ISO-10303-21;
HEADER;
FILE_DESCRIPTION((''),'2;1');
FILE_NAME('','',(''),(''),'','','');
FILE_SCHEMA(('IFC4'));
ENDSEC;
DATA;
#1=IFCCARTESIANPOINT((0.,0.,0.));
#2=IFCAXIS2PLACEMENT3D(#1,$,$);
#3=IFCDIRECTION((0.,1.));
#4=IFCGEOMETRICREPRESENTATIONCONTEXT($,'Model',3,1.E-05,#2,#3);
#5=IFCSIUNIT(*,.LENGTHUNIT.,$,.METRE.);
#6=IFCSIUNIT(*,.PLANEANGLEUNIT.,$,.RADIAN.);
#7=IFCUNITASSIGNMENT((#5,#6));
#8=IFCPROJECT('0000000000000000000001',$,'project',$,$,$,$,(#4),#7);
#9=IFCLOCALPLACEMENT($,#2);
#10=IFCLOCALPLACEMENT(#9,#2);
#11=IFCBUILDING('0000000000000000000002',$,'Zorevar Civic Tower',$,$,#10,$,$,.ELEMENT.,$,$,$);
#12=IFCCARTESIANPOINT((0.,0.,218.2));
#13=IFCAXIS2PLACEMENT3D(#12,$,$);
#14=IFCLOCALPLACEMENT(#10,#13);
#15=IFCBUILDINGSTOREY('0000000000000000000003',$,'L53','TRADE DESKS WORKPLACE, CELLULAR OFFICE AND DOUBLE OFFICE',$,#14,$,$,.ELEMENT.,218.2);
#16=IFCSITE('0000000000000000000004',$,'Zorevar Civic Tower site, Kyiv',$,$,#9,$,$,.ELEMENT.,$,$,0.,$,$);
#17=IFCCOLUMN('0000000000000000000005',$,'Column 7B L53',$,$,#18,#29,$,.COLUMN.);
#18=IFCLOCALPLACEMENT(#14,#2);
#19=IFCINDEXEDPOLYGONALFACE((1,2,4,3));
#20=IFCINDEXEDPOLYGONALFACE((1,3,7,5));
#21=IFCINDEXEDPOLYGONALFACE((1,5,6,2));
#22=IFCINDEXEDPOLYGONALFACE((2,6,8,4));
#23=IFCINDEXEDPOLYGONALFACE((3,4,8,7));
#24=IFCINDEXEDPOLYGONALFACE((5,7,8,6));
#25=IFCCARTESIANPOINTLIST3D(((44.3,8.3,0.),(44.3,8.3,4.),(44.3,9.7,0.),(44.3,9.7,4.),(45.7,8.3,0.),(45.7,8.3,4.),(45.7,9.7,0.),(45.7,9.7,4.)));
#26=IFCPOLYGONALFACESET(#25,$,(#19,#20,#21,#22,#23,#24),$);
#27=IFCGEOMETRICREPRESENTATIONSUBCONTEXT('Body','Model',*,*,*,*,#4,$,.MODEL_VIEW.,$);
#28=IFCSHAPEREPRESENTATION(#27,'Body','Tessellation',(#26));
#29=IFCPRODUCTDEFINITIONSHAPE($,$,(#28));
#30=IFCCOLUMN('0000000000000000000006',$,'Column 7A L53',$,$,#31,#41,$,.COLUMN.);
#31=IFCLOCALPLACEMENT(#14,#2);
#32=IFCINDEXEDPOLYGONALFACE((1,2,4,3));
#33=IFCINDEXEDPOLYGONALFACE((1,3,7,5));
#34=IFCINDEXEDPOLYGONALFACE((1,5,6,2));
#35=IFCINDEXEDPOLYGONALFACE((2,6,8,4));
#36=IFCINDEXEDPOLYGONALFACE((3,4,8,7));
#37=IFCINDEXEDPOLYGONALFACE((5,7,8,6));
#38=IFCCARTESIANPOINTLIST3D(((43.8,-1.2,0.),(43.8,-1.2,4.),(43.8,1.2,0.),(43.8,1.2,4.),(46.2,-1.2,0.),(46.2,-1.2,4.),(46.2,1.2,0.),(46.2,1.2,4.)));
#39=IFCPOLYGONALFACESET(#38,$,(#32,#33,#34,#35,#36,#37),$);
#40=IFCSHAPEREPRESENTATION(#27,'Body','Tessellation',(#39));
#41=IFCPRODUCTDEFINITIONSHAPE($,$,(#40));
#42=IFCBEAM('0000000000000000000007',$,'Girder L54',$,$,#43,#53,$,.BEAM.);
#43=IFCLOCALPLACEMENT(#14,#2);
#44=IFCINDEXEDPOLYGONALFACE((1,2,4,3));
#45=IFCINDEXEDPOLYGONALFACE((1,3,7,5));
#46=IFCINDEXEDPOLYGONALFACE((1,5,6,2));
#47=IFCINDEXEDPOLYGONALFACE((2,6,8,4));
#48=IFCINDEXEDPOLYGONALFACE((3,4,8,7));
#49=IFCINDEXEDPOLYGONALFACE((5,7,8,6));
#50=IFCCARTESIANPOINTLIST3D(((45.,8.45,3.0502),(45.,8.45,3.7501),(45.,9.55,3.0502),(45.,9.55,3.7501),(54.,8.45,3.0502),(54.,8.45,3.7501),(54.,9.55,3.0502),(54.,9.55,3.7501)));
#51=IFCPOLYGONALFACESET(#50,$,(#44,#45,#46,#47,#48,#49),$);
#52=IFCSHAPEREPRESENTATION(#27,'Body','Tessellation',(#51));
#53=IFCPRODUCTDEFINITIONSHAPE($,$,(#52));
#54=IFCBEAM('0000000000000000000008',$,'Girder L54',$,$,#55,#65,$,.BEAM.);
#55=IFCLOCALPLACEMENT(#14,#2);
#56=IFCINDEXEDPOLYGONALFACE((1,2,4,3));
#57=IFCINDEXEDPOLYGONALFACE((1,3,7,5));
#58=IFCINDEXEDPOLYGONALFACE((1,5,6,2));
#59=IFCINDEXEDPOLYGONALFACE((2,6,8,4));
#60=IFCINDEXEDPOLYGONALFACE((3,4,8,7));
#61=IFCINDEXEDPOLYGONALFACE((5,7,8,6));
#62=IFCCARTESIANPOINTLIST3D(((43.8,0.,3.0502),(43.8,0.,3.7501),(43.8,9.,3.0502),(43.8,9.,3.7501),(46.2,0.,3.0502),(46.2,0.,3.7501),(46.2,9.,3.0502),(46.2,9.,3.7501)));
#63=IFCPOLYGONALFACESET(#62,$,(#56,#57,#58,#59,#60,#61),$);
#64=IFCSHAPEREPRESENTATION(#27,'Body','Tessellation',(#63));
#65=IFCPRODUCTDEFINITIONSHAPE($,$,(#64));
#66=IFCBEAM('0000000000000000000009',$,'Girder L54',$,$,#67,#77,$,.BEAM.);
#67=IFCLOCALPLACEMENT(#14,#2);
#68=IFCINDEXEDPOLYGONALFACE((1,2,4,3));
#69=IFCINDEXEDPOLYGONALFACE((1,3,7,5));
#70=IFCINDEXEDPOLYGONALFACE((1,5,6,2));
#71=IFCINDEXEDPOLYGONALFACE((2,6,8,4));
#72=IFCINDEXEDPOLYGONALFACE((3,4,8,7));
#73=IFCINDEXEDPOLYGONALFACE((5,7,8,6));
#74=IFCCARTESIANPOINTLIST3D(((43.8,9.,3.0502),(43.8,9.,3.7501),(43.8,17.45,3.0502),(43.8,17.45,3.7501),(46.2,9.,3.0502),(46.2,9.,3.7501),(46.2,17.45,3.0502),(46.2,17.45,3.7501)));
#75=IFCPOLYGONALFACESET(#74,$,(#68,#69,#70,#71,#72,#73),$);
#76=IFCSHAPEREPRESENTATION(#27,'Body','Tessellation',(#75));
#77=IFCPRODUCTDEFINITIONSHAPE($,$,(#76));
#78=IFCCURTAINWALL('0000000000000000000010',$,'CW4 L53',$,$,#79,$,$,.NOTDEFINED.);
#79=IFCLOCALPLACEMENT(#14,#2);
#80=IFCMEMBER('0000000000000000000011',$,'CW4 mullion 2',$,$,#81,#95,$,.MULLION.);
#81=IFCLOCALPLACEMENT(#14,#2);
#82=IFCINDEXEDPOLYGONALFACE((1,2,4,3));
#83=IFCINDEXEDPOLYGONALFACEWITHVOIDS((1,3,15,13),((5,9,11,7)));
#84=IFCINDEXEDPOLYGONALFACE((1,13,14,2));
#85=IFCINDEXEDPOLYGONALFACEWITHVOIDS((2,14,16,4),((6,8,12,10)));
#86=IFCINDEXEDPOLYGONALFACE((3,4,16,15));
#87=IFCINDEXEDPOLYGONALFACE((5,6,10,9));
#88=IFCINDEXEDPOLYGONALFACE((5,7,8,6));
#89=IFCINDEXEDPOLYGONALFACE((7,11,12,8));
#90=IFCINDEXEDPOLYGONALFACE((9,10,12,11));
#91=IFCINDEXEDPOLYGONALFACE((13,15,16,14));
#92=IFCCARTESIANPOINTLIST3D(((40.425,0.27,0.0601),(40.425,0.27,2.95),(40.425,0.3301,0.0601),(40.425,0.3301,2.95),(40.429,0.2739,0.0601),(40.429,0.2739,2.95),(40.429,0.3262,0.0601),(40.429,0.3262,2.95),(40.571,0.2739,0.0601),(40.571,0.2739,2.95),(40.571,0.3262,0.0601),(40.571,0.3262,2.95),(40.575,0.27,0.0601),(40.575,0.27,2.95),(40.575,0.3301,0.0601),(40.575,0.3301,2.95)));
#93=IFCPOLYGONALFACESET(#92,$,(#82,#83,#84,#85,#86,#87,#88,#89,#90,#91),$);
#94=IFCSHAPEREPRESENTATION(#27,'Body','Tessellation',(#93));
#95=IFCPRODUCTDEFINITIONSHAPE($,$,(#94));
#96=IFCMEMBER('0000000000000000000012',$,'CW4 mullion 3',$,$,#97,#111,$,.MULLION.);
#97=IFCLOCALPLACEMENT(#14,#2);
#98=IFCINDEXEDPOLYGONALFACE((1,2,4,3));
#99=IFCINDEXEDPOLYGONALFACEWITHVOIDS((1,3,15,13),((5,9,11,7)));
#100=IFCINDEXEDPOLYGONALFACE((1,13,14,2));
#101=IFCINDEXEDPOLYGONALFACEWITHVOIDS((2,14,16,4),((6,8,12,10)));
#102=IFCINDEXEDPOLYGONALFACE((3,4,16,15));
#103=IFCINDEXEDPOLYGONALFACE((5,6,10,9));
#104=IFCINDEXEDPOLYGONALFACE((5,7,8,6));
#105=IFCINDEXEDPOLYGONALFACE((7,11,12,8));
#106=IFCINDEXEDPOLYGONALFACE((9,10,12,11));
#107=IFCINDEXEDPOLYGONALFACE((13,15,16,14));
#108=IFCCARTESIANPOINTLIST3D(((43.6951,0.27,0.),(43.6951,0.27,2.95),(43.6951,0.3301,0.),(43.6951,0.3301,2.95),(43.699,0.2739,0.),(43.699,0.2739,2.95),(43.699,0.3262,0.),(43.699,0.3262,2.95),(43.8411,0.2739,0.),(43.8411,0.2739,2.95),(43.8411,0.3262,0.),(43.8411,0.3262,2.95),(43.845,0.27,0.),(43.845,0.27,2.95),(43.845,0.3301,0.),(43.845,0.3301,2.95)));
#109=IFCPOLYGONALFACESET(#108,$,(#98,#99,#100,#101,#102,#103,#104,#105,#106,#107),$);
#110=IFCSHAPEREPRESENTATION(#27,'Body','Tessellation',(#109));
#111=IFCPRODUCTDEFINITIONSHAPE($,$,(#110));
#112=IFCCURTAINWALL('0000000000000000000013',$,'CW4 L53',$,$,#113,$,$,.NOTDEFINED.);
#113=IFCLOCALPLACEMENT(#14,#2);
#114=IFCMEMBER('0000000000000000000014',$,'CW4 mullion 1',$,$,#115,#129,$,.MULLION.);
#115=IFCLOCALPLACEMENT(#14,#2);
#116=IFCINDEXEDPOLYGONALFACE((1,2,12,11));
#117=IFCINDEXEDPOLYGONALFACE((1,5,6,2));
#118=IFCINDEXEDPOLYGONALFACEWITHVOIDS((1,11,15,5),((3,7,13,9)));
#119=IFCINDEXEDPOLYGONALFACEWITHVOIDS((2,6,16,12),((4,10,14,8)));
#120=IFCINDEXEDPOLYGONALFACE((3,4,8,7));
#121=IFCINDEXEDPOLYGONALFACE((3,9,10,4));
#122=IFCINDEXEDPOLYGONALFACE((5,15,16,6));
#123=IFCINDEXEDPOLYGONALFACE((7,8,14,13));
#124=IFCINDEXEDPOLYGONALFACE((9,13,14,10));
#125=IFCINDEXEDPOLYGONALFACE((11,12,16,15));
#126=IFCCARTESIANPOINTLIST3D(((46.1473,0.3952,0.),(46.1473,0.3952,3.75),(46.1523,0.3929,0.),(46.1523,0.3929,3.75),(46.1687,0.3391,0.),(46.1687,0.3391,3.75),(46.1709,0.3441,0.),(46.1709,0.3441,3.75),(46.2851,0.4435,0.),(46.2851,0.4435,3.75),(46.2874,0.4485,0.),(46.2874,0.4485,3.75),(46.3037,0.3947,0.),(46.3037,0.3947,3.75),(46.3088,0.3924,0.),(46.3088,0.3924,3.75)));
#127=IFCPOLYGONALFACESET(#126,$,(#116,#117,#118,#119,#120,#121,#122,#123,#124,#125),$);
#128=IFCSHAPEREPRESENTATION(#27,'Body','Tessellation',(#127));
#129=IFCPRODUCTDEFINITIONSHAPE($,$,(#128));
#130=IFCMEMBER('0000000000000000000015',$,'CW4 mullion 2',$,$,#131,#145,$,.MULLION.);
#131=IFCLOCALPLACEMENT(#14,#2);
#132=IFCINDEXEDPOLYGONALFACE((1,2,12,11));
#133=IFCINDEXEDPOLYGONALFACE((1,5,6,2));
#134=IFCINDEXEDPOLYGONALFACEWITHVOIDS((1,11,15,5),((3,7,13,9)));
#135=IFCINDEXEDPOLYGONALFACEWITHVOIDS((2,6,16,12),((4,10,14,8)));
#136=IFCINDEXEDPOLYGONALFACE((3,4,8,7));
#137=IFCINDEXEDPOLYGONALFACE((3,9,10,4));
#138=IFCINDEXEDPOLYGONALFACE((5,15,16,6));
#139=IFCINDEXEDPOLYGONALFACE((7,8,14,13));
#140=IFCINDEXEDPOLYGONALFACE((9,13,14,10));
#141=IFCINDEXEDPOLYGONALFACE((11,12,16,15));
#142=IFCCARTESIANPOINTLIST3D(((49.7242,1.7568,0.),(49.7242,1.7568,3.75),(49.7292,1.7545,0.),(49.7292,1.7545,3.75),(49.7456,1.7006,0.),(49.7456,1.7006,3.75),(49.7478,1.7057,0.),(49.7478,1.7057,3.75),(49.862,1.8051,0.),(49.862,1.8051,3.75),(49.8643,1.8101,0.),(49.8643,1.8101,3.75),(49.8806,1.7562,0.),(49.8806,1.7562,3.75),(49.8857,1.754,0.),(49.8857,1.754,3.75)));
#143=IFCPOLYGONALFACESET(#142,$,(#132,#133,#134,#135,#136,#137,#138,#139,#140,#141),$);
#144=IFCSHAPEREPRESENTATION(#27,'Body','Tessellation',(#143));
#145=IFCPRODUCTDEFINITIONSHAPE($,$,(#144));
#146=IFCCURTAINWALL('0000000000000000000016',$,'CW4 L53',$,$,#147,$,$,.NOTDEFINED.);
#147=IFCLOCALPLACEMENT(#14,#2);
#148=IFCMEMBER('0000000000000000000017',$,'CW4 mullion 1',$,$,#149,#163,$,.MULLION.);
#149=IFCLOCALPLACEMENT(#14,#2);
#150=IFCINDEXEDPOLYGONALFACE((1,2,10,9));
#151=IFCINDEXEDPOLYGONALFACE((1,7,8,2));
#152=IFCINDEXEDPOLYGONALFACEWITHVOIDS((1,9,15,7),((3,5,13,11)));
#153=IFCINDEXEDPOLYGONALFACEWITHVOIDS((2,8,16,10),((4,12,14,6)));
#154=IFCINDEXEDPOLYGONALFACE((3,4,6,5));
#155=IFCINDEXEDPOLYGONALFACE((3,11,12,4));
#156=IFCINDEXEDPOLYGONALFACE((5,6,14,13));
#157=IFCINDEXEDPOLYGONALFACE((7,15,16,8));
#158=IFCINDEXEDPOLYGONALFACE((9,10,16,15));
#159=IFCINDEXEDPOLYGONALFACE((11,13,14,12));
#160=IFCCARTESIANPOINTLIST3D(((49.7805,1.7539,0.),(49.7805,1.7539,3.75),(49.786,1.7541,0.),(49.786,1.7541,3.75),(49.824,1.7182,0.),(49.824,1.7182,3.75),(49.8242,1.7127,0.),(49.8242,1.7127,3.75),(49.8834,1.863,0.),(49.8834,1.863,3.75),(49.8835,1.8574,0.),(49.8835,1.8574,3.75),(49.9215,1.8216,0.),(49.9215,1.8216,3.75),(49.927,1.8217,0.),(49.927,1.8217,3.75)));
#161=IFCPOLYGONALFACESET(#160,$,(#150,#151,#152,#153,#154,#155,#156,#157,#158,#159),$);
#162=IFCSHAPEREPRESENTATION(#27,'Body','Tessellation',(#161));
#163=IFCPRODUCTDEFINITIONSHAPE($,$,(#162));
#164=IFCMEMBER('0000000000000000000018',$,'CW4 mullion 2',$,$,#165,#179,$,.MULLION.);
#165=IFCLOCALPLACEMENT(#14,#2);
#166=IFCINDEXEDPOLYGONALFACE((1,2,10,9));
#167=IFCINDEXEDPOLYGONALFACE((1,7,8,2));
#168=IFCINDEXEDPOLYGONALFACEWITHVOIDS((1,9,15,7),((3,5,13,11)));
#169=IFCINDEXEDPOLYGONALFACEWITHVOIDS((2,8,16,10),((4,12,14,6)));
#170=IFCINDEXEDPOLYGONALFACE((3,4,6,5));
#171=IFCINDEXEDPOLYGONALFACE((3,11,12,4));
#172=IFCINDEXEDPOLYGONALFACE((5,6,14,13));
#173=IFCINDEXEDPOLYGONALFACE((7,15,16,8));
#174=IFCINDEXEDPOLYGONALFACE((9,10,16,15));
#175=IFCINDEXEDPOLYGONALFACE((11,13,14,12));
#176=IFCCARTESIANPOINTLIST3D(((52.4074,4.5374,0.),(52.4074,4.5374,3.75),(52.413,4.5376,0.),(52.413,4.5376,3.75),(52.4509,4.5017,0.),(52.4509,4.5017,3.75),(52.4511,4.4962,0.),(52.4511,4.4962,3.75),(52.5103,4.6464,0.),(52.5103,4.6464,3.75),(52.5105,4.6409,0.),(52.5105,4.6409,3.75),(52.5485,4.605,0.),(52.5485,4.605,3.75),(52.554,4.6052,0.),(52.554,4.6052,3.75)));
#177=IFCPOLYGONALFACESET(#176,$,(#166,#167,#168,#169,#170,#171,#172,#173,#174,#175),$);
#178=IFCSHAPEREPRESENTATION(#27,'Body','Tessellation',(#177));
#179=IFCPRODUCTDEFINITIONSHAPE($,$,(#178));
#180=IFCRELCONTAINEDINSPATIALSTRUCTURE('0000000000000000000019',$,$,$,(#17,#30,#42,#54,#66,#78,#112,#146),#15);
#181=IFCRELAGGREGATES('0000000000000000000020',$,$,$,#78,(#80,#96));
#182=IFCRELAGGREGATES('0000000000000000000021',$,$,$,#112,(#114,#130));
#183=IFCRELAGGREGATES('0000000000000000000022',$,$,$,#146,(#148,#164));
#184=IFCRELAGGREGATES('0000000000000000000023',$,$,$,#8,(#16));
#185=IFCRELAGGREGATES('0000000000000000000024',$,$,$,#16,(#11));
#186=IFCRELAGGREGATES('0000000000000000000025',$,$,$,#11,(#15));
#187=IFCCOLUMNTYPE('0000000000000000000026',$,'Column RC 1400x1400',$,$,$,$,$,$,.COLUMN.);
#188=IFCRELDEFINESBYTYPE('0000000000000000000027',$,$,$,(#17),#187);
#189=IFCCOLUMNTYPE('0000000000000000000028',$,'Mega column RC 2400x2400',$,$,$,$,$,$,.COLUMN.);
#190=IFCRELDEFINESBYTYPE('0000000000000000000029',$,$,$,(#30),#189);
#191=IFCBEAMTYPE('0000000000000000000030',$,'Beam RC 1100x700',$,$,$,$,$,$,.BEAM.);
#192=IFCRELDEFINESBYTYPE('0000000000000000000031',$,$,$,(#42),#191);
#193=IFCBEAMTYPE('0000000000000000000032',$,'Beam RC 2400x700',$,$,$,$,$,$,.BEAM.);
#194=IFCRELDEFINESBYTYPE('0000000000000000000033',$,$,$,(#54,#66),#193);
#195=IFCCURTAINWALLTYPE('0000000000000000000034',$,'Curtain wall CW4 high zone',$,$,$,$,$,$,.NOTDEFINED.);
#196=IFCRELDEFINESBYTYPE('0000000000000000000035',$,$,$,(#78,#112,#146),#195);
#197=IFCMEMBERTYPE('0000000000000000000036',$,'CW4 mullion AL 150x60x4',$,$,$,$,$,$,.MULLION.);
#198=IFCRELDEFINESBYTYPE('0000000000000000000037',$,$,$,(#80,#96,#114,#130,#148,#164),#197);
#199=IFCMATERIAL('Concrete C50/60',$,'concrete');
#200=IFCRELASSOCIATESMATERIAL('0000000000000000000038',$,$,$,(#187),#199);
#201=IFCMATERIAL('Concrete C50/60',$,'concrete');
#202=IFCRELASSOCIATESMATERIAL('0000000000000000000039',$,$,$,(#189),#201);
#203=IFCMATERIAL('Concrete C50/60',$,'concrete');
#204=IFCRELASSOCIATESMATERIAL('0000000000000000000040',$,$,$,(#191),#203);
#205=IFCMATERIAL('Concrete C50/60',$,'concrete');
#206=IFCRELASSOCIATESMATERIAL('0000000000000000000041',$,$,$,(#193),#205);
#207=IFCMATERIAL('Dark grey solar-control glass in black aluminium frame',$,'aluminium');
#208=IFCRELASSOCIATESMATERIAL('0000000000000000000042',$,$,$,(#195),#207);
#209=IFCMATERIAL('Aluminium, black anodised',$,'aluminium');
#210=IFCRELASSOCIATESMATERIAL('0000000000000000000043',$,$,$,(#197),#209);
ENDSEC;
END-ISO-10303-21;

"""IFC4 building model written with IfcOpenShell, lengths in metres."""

from ifc_helpers import new_model, si_unit, direction, frame, origin, origin_2d, place, context, subcontext, project, spatial, rectangle, hollow_rectangle, extrude, material, material_profile, profile_set, type_object, element, aggregate, save


model = new_model("IFC4")

# Units and contexts
model_context = context("Model", 3, precision=1e-05, world=origin(), true_north=direction((0.0, 1.0)))
body_context = subcontext(model_context, "Body", "Model", "MODEL_VIEW")
ifc_project = project(units=[si_unit("LENGTHUNIT", "METRE"), si_unit("PLANEANGLEUNIT", "RADIAN")], contexts=[model_context])

# Site, building, storey
site_placement = place(None, origin())
site = spatial("IfcSite", under=ifc_project, at=site_placement, Name="Zorevar Civic Tower site, Kyiv", CompositionType="ELEMENT", RefElevation=0.0)
building_placement = place(site_placement, origin())
building = spatial("IfcBuilding", under=site, at=building_placement, Name="Zorevar Civic Tower", CompositionType="ELEMENT")
storey_placement = place(building_placement, frame((0.0, 0.0, 218.2)))
storey = spatial("IfcBuildingStorey", under=building, at=storey_placement, Name="L53", Description="TRADE DESKS WORKPLACE, CELLULAR OFFICE AND DOUBLE OFFICE", CompositionType="ELEMENT", Elevation=218.2)

# Columns
ifc_material_1 = material(Name="Concrete C50/60", Category="concrete")
ifc_material_profile_1 = material_profile(ifc_material_1, rectangle(XDim=1.3999, YDim=1.3999, at=origin_2d()), Name="RC 1400x1400")
ifc_profile_set_1 = profile_set([ifc_material_profile_1], Name="Concrete C50/60")
column_type_1 = type_object("IfcColumnType", Name="Column RC 1400x1400", PredefinedType="COLUMN", material=ifc_profile_set_1)
column_1_placement = place(storey_placement, frame((45.0, 9.0, 0.0), z_axis=(0.0, 0.0, 1.0), x_axis=(1.0, 0.0, 0.0)))
element("IfcColumn", 1, at=column_1_placement, inside=storey, type_object=column_type_1, Name="Column 7B L53", PredefinedType="COLUMN", context=body_context, shape_type="SweptSolid", body=[
    extrude(rectangle(XDim=1.3999, YDim=1.3999, at=origin_2d()), origin(), (0.0, 0.0, 1.0), 4.0),
])
ifc_material_2 = material(Name="Concrete C50/60", Category="concrete")
ifc_material_profile_2 = material_profile(ifc_material_2, rectangle(XDim=2.3999, YDim=2.3999, at=origin_2d()), Name="RC 2400x2400")
ifc_profile_set_2 = profile_set([ifc_material_profile_2], Name="Concrete C50/60")
column_type_2 = type_object("IfcColumnType", Name="Mega column RC 2400x2400", PredefinedType="COLUMN", material=ifc_profile_set_2)
column_2_placement = place(storey_placement, frame((45.0, 0.0, 0.0), z_axis=(0.0, 0.0, 1.0), x_axis=(1.0, 0.0, 0.0)))
element("IfcColumn", 2, at=column_2_placement, inside=storey, type_object=column_type_2, Name="Column 7A L53", PredefinedType="COLUMN", context=body_context, shape_type="SweptSolid", body=[
    extrude(rectangle(XDim=2.3999, YDim=2.3999, at=origin_2d()), origin(), (0.0, 0.0, 1.0), 4.0),
])

# Beams
ifc_material_3 = material(Name="Concrete C50/60", Category="concrete")
ifc_material_profile_3 = material_profile(ifc_material_3, rectangle(XDim=1.1001, YDim=0.7, at=origin_2d()), Name="RC 1100x700")
ifc_profile_set_3 = profile_set([ifc_material_profile_3], Name="Concrete C50/60")
beam_type_1 = type_object("IfcBeamType", Name="Beam RC 1100x700", PredefinedType="BEAM", material=ifc_profile_set_3)
beam_1_placement = place(storey_placement, frame((45.0, 9.0, 3.4001), z_axis=(1.0, 0.0, 0.0), x_axis=(0.0, 1.0, 0.0)))
element("IfcBeam", 3, at=beam_1_placement, inside=storey, type_object=beam_type_1, Name="Girder L54", PredefinedType="BEAM", context=body_context, shape_type="SweptSolid", body=[
    extrude(rectangle(XDim=1.1001, YDim=0.7, at=origin_2d()), origin(), (0.0, 0.0, 1.0), 9.0),
])
ifc_material_4 = material(Name="Concrete C50/60", Category="concrete")
ifc_material_profile_4 = material_profile(ifc_material_4, rectangle(XDim=2.3999, YDim=0.7, at=origin_2d()), Name="RC 2400x700")
ifc_profile_set_4 = profile_set([ifc_material_profile_4], Name="Concrete C50/60")
beam_type_2 = type_object("IfcBeamType", Name="Beam RC 2400x700", PredefinedType="BEAM", material=ifc_profile_set_4)
beam_2_placement = place(storey_placement, frame((45.0, 0.0, 3.4001), z_axis=(0.0, 1.0, 0.0), x_axis=(-1.0, 0.0, 0.0)))
element("IfcBeam", 4, at=beam_2_placement, inside=storey, type_object=beam_type_2, Name="Girder L54", PredefinedType="BEAM", context=body_context, shape_type="SweptSolid", body=[
    extrude(rectangle(XDim=2.3999, YDim=0.7, at=origin_2d()), origin(), (0.0, 0.0, 1.0), 9.0),
])
beam_3_placement = place(storey_placement, frame((45.0, 9.0, 3.4001), z_axis=(0.0, 1.0, 0.0), x_axis=(-1.0, 0.0, 0.0)))
element("IfcBeam", 5, at=beam_3_placement, inside=storey, type_object=beam_type_2, Name="Girder L54", PredefinedType="BEAM", context=body_context, shape_type="SweptSolid", body=[
    extrude(rectangle(XDim=2.3999, YDim=0.7, at=origin_2d()), origin(), (0.0, 0.0, 1.0), 8.45),
])

# Curtain walls, members
ifc_material_5 = material(Name="Dark grey solar-control glass in black aluminium frame", Category="aluminium")
curtain_wall_type = type_object("IfcCurtainWallType", Name="Curtain wall CW4 high zone", PredefinedType="NOTDEFINED", material=ifc_material_5)
curtain_wall_1_placement = place(storey_placement, origin())
curtain_wall_1 = element("IfcCurtainWall", 6, at=curtain_wall_1_placement, inside=storey, type_object=curtain_wall_type, Name="CW4 L53", PredefinedType="NOTDEFINED")
ifc_material_6 = material(Name="Aluminium, black anodised", Category="aluminium")
ifc_material_profile_5 = material_profile(ifc_material_6, hollow_rectangle(XDim=0.0601, YDim=0.1499, WallThickness=0.0039, at=origin_2d()), Name="AL 150x60x4")
ifc_profile_set_5 = profile_set([ifc_material_profile_5], Name="Aluminium, black anodised")
member_type_1 = type_object("IfcMemberType", Name="CW4 mullion AL 150x60x4", PredefinedType="MULLION", material=ifc_profile_set_5)
member_1_placement = place(storey_placement, frame((40.5, 0.3, 0.0601), z_axis=(0.0, 0.0, 1.0), x_axis=(0.0, 1.0, 0.0)))
member_1 = element("IfcMember", 7, at=member_1_placement, type_object=member_type_1, Name="CW4 mullion 2", PredefinedType="MULLION", context=body_context, shape_type="SweptSolid", body=[
    extrude(hollow_rectangle(XDim=0.0601, YDim=0.1499, WallThickness=0.0039, at=origin_2d()), origin(), (0.0, 0.0, 1.0), 2.8899),
])
member_2_placement = place(storey_placement, frame((43.77, 0.3, 0.0), z_axis=(0.0, 0.0, 1.0), x_axis=(0.0, 1.0, 0.0)))
member_2 = element("IfcMember", 8, at=member_2_placement, type_object=member_type_1, Name="CW4 mullion 3", PredefinedType="MULLION", context=body_context, shape_type="SweptSolid", body=[
    extrude(hollow_rectangle(XDim=0.0601, YDim=0.1499, WallThickness=0.0039, at=origin_2d()), origin(), (0.0, 0.0, 1.0), 2.95),
])
curtain_wall_2_placement = place(storey_placement, origin())
curtain_wall_2 = element("IfcCurtainWall", 9, at=curtain_wall_2_placement, inside=storey, type_object=curtain_wall_type, Name="CW4 L53", PredefinedType="NOTDEFINED")
member_3_placement = place(storey_placement, frame((46.228, 0.3938, 0.0), z_axis=(0.0, 0.0, 1.0), x_axis=(-0.355731, 0.934588, 0.0)))
member_3 = element("IfcMember", 10, at=member_3_placement, type_object=member_type_1, Name="CW4 mullion 1", PredefinedType="MULLION", context=body_context, shape_type="SweptSolid", body=[
    extrude(hollow_rectangle(XDim=0.0601, YDim=0.1499, WallThickness=0.0039, at=origin_2d()), origin(), (0.0, 0.0, 1.0), 3.75),
])
member_4_placement = place(storey_placement, frame((49.8049, 1.7554, 0.0), z_axis=(0.0, 0.0, 1.0), x_axis=(-0.355731, 0.934588, 0.0)))
member_4 = element("IfcMember", 11, at=member_4_placement, type_object=member_type_1, Name="CW4 mullion 2", PredefinedType="MULLION", context=body_context, shape_type="SweptSolid", body=[
    extrude(hollow_rectangle(XDim=0.0601, YDim=0.1499, WallThickness=0.0039, at=origin_2d()), origin(), (0.0, 0.0, 1.0), 3.75),
])
curtain_wall_3_placement = place(storey_placement, origin())
curtain_wall_3 = element("IfcCurtainWall", 12, at=curtain_wall_3_placement, inside=storey, type_object=curtain_wall_type, Name="CW4 L53", PredefinedType="NOTDEFINED")
member_5_placement = place(storey_placement, frame((49.8538, 1.7878, 0.0), z_axis=(0.0, 0.0, 1.0), x_axis=(-0.727245, 0.686378, 0.0)))
member_5 = element("IfcMember", 13, at=member_5_placement, type_object=member_type_1, Name="CW4 mullion 1", PredefinedType="MULLION", context=body_context, shape_type="SweptSolid", body=[
    extrude(hollow_rectangle(XDim=0.0601, YDim=0.1499, WallThickness=0.0039, at=origin_2d()), origin(), (0.0, 0.0, 1.0), 3.75),
])
member_6_placement = place(storey_placement, frame((52.4807, 4.5713, 0.0), z_axis=(0.0, 0.0, 1.0), x_axis=(-0.727245, 0.686378, 0.0)))
member_6 = element("IfcMember", 14, at=member_6_placement, type_object=member_type_1, Name="CW4 mullion 2", PredefinedType="MULLION", context=body_context, shape_type="SweptSolid", body=[
    extrude(hollow_rectangle(XDim=0.0601, YDim=0.1499, WallThickness=0.0039, at=origin_2d()), origin(), (0.0, 0.0, 1.0), 3.75),
])

aggregate(curtain_wall_1, [member_1, member_2])
aggregate(curtain_wall_2, [member_3, member_4])
aggregate(curtain_wall_3, [member_5, member_6])

save(model, "model.ifc")
